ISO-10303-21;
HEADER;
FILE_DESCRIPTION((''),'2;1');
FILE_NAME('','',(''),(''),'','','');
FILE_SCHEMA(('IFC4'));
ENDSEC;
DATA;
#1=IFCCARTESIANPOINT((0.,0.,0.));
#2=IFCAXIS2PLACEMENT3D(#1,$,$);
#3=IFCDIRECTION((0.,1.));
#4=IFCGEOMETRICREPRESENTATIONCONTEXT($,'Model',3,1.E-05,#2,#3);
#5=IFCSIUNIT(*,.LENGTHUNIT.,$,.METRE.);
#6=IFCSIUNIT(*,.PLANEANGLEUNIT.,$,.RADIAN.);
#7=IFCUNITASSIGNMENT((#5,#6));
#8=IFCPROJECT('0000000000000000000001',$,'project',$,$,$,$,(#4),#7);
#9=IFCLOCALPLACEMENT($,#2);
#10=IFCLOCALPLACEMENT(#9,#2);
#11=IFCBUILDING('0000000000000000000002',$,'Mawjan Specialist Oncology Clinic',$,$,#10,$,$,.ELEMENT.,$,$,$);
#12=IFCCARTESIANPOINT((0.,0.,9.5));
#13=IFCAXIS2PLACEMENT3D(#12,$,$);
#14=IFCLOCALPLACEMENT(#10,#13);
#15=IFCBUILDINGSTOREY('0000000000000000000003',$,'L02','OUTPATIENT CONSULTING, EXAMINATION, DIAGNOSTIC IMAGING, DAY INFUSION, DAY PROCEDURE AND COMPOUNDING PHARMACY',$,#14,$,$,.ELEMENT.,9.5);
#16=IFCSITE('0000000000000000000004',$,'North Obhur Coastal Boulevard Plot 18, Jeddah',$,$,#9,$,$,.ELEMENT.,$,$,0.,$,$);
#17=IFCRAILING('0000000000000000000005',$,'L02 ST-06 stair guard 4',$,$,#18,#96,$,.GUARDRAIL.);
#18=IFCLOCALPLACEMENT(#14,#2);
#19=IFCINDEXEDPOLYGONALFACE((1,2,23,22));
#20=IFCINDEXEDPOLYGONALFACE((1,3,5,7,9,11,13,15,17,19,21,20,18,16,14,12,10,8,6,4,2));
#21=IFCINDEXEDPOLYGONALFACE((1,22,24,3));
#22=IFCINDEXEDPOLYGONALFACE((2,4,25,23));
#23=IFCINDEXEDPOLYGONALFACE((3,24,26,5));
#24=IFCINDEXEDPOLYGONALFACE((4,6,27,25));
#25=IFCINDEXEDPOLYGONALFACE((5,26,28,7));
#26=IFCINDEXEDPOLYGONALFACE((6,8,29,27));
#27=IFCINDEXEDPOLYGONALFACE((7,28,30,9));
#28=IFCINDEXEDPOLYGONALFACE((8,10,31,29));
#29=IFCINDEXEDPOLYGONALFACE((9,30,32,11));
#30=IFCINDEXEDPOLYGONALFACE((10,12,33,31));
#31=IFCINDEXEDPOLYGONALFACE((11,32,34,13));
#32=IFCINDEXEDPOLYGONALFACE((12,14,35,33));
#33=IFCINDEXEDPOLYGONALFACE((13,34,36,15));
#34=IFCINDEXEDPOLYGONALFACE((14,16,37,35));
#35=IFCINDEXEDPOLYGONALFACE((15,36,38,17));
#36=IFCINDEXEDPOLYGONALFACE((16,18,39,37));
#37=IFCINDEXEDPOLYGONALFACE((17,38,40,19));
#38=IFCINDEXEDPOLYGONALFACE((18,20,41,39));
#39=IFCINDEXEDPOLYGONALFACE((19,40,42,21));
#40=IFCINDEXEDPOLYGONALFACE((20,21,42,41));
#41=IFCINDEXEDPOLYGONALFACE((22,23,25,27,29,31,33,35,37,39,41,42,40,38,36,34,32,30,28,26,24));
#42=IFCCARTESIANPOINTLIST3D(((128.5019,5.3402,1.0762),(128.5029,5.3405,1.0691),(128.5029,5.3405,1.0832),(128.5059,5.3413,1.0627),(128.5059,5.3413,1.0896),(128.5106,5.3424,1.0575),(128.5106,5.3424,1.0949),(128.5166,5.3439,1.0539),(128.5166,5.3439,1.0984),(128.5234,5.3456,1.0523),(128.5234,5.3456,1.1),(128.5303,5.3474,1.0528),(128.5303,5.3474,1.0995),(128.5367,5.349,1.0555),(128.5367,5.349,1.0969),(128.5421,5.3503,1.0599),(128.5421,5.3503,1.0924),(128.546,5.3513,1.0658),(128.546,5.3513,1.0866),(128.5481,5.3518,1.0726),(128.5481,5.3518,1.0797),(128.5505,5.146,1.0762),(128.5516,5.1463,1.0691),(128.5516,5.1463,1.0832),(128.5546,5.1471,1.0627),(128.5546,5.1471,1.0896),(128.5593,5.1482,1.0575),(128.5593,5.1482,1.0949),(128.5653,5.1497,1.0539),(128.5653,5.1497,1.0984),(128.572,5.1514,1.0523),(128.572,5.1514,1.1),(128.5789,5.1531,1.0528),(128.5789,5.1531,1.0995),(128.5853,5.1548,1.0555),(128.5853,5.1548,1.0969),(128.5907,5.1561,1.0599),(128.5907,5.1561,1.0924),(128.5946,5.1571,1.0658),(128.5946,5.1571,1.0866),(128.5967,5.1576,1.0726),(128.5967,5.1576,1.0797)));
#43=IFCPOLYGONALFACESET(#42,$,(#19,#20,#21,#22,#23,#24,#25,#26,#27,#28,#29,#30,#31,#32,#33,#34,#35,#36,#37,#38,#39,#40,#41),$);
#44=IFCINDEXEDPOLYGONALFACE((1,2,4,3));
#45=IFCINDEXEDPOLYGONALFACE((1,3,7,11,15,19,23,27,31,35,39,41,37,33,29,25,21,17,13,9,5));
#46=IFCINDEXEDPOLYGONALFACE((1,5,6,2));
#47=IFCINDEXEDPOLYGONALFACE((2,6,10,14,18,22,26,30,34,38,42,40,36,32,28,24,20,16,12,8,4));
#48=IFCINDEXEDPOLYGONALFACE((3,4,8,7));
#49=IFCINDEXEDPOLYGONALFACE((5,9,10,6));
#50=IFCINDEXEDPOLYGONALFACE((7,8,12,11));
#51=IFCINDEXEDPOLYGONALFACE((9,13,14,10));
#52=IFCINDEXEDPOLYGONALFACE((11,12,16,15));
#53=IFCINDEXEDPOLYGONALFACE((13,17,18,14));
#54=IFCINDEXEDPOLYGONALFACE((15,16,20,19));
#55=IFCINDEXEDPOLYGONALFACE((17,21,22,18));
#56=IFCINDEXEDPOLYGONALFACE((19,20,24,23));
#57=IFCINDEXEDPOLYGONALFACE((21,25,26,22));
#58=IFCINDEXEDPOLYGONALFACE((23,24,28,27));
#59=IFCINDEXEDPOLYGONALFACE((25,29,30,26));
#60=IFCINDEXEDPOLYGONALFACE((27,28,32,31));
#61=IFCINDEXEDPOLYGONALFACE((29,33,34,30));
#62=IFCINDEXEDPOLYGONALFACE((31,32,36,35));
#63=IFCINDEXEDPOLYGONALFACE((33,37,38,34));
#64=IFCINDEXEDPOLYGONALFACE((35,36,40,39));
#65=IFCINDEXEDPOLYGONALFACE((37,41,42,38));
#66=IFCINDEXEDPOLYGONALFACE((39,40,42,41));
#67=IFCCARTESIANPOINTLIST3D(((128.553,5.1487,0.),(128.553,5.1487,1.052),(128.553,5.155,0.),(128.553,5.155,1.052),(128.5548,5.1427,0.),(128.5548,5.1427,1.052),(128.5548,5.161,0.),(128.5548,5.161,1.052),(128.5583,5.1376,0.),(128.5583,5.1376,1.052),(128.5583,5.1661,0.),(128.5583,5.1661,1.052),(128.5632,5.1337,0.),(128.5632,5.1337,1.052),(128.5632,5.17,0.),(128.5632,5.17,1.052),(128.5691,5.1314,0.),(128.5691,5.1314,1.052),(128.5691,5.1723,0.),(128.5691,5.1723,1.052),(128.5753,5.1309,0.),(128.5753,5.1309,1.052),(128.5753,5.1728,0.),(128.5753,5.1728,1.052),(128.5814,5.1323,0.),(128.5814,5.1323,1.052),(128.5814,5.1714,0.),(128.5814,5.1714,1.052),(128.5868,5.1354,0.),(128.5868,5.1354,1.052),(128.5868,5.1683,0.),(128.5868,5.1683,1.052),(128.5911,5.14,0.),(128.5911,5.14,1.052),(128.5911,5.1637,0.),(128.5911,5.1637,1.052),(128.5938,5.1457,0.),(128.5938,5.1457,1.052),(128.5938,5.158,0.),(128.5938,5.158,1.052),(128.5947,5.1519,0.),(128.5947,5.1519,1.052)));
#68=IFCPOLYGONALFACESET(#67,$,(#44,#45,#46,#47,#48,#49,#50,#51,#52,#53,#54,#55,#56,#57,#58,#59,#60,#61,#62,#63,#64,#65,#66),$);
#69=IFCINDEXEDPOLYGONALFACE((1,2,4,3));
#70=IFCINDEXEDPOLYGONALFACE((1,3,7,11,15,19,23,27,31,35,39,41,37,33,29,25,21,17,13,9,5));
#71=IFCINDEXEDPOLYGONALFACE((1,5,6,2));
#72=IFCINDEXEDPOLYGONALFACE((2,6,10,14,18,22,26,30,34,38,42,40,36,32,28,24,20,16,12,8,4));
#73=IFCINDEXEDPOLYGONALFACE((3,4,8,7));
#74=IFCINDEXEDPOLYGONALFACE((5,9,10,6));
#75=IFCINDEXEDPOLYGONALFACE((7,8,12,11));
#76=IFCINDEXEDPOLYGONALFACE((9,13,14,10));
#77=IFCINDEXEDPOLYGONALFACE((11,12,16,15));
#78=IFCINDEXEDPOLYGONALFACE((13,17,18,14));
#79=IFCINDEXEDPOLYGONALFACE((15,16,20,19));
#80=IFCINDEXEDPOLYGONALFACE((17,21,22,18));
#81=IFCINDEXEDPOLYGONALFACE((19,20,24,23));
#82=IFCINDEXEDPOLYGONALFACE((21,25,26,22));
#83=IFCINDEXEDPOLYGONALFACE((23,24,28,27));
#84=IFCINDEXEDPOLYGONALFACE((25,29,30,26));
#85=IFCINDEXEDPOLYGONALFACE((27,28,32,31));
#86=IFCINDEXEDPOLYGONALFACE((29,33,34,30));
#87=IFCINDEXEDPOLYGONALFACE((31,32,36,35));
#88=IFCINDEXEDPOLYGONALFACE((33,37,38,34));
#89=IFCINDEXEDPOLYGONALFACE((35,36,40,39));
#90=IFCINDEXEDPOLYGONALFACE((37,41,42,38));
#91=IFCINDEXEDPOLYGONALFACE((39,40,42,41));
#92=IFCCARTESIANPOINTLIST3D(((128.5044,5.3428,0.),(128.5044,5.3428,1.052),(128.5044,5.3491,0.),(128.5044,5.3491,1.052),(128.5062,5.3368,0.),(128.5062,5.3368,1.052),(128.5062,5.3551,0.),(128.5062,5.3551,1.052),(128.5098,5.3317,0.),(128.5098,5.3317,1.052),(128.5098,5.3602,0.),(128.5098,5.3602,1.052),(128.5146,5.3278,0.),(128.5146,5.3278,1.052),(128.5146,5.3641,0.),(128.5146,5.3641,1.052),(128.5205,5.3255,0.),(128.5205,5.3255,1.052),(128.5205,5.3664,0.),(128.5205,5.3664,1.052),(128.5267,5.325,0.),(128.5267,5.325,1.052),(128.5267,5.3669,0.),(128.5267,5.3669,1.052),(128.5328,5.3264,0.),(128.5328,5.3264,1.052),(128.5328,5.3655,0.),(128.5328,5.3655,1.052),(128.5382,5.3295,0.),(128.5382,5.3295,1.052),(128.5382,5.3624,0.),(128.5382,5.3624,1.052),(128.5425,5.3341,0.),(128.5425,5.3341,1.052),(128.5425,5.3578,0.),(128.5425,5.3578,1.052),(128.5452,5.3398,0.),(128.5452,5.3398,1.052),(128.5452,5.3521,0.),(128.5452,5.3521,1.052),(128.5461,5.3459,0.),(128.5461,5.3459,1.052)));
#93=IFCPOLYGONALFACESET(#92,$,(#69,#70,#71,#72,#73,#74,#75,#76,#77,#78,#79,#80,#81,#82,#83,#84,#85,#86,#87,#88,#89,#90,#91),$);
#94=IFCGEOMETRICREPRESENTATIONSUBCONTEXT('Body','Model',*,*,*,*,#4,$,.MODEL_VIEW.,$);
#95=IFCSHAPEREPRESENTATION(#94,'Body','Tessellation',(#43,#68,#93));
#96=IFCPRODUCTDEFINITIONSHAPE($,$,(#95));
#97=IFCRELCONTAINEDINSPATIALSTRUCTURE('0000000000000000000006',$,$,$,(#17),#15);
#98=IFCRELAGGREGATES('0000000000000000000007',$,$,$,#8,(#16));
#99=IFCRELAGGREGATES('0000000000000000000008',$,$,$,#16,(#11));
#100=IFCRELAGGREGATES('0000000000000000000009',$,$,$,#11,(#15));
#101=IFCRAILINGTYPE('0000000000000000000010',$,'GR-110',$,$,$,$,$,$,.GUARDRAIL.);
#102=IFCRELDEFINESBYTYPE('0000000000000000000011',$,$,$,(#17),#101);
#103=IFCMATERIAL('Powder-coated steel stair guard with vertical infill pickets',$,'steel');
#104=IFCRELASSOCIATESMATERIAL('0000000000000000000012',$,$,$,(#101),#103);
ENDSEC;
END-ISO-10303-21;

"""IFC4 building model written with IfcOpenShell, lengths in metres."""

from ifc_helpers import new_model, si_unit, direction, frame, origin, origin_2d, place, context, subcontext, project, spatial, circle, extrude, material, type_object, element, save


model = new_model("IFC4")

# Units and contexts
model_context = context("Model", 3, precision=1e-05, world=origin(), true_north=direction((0.0, 1.0)))
body_context = subcontext(model_context, "Body", "Model", "MODEL_VIEW")
ifc_project = project(units=[si_unit("LENGTHUNIT", "METRE"), si_unit("PLANEANGLEUNIT", "RADIAN")], contexts=[model_context])

# Site, building, storey
site_placement = place(None, origin())
site = spatial("IfcSite", under=ifc_project, at=site_placement, Name="North Obhur Coastal Boulevard Plot 18, Jeddah", CompositionType="ELEMENT", RefElevation=0.0)
building_placement = place(site_placement, origin())
building = spatial("IfcBuilding", under=site, at=building_placement, Name="Mawjan Specialist Oncology Clinic", CompositionType="ELEMENT")
storey_placement = place(building_placement, frame((0.0, 0.0, 9.5)))
storey = spatial("IfcBuildingStorey", under=building, at=storey_placement, Name="L02", Description="OUTPATIENT CONSULTING, EXAMINATION, DIAGNOSTIC IMAGING, DAY INFUSION, DAY PROCEDURE AND COMPOUNDING PHARMACY", CompositionType="ELEMENT", Elevation=9.5)

# Railing
ifc_material_1 = material(Name="Powder-coated steel stair guard with vertical infill pickets", Category="steel")
railing_type_1 = type_object("IfcRailingType", Name="GR-110", PredefinedType="GUARDRAIL", material=ifc_material_1)
railing_1_placement = place(storey_placement, frame((128.5737, 5.1519, 0.0)))
element("IfcRailing", 1, at=railing_1_placement, inside=storey, type_object=railing_type_1, Name="L02 ST-06 stair guard 4", PredefinedType="GUARDRAIL", context=body_context, shape_type="SweptSolid", body=[
    extrude(circle(Radius=0.0239, at=origin_2d()), frame((0.0, 0.0, 1.0762), z_axis=(-0.242823, 0.970071, 0.0), x_axis=(-0.970071, -0.242823, 0.0)), (0.0, 0.0, 1.0), 0.2002),
    extrude(circle(Radius=0.021, at=origin_2d()), origin(), (0.0, 0.0, 1.0), 1.052),
    extrude(circle(Radius=0.021, at=origin_2d()), frame((-0.0486, 0.1941, 0.0)), (0.0, 0.0, 1.0), 1.052),
])

save(model, "model.ifc")
